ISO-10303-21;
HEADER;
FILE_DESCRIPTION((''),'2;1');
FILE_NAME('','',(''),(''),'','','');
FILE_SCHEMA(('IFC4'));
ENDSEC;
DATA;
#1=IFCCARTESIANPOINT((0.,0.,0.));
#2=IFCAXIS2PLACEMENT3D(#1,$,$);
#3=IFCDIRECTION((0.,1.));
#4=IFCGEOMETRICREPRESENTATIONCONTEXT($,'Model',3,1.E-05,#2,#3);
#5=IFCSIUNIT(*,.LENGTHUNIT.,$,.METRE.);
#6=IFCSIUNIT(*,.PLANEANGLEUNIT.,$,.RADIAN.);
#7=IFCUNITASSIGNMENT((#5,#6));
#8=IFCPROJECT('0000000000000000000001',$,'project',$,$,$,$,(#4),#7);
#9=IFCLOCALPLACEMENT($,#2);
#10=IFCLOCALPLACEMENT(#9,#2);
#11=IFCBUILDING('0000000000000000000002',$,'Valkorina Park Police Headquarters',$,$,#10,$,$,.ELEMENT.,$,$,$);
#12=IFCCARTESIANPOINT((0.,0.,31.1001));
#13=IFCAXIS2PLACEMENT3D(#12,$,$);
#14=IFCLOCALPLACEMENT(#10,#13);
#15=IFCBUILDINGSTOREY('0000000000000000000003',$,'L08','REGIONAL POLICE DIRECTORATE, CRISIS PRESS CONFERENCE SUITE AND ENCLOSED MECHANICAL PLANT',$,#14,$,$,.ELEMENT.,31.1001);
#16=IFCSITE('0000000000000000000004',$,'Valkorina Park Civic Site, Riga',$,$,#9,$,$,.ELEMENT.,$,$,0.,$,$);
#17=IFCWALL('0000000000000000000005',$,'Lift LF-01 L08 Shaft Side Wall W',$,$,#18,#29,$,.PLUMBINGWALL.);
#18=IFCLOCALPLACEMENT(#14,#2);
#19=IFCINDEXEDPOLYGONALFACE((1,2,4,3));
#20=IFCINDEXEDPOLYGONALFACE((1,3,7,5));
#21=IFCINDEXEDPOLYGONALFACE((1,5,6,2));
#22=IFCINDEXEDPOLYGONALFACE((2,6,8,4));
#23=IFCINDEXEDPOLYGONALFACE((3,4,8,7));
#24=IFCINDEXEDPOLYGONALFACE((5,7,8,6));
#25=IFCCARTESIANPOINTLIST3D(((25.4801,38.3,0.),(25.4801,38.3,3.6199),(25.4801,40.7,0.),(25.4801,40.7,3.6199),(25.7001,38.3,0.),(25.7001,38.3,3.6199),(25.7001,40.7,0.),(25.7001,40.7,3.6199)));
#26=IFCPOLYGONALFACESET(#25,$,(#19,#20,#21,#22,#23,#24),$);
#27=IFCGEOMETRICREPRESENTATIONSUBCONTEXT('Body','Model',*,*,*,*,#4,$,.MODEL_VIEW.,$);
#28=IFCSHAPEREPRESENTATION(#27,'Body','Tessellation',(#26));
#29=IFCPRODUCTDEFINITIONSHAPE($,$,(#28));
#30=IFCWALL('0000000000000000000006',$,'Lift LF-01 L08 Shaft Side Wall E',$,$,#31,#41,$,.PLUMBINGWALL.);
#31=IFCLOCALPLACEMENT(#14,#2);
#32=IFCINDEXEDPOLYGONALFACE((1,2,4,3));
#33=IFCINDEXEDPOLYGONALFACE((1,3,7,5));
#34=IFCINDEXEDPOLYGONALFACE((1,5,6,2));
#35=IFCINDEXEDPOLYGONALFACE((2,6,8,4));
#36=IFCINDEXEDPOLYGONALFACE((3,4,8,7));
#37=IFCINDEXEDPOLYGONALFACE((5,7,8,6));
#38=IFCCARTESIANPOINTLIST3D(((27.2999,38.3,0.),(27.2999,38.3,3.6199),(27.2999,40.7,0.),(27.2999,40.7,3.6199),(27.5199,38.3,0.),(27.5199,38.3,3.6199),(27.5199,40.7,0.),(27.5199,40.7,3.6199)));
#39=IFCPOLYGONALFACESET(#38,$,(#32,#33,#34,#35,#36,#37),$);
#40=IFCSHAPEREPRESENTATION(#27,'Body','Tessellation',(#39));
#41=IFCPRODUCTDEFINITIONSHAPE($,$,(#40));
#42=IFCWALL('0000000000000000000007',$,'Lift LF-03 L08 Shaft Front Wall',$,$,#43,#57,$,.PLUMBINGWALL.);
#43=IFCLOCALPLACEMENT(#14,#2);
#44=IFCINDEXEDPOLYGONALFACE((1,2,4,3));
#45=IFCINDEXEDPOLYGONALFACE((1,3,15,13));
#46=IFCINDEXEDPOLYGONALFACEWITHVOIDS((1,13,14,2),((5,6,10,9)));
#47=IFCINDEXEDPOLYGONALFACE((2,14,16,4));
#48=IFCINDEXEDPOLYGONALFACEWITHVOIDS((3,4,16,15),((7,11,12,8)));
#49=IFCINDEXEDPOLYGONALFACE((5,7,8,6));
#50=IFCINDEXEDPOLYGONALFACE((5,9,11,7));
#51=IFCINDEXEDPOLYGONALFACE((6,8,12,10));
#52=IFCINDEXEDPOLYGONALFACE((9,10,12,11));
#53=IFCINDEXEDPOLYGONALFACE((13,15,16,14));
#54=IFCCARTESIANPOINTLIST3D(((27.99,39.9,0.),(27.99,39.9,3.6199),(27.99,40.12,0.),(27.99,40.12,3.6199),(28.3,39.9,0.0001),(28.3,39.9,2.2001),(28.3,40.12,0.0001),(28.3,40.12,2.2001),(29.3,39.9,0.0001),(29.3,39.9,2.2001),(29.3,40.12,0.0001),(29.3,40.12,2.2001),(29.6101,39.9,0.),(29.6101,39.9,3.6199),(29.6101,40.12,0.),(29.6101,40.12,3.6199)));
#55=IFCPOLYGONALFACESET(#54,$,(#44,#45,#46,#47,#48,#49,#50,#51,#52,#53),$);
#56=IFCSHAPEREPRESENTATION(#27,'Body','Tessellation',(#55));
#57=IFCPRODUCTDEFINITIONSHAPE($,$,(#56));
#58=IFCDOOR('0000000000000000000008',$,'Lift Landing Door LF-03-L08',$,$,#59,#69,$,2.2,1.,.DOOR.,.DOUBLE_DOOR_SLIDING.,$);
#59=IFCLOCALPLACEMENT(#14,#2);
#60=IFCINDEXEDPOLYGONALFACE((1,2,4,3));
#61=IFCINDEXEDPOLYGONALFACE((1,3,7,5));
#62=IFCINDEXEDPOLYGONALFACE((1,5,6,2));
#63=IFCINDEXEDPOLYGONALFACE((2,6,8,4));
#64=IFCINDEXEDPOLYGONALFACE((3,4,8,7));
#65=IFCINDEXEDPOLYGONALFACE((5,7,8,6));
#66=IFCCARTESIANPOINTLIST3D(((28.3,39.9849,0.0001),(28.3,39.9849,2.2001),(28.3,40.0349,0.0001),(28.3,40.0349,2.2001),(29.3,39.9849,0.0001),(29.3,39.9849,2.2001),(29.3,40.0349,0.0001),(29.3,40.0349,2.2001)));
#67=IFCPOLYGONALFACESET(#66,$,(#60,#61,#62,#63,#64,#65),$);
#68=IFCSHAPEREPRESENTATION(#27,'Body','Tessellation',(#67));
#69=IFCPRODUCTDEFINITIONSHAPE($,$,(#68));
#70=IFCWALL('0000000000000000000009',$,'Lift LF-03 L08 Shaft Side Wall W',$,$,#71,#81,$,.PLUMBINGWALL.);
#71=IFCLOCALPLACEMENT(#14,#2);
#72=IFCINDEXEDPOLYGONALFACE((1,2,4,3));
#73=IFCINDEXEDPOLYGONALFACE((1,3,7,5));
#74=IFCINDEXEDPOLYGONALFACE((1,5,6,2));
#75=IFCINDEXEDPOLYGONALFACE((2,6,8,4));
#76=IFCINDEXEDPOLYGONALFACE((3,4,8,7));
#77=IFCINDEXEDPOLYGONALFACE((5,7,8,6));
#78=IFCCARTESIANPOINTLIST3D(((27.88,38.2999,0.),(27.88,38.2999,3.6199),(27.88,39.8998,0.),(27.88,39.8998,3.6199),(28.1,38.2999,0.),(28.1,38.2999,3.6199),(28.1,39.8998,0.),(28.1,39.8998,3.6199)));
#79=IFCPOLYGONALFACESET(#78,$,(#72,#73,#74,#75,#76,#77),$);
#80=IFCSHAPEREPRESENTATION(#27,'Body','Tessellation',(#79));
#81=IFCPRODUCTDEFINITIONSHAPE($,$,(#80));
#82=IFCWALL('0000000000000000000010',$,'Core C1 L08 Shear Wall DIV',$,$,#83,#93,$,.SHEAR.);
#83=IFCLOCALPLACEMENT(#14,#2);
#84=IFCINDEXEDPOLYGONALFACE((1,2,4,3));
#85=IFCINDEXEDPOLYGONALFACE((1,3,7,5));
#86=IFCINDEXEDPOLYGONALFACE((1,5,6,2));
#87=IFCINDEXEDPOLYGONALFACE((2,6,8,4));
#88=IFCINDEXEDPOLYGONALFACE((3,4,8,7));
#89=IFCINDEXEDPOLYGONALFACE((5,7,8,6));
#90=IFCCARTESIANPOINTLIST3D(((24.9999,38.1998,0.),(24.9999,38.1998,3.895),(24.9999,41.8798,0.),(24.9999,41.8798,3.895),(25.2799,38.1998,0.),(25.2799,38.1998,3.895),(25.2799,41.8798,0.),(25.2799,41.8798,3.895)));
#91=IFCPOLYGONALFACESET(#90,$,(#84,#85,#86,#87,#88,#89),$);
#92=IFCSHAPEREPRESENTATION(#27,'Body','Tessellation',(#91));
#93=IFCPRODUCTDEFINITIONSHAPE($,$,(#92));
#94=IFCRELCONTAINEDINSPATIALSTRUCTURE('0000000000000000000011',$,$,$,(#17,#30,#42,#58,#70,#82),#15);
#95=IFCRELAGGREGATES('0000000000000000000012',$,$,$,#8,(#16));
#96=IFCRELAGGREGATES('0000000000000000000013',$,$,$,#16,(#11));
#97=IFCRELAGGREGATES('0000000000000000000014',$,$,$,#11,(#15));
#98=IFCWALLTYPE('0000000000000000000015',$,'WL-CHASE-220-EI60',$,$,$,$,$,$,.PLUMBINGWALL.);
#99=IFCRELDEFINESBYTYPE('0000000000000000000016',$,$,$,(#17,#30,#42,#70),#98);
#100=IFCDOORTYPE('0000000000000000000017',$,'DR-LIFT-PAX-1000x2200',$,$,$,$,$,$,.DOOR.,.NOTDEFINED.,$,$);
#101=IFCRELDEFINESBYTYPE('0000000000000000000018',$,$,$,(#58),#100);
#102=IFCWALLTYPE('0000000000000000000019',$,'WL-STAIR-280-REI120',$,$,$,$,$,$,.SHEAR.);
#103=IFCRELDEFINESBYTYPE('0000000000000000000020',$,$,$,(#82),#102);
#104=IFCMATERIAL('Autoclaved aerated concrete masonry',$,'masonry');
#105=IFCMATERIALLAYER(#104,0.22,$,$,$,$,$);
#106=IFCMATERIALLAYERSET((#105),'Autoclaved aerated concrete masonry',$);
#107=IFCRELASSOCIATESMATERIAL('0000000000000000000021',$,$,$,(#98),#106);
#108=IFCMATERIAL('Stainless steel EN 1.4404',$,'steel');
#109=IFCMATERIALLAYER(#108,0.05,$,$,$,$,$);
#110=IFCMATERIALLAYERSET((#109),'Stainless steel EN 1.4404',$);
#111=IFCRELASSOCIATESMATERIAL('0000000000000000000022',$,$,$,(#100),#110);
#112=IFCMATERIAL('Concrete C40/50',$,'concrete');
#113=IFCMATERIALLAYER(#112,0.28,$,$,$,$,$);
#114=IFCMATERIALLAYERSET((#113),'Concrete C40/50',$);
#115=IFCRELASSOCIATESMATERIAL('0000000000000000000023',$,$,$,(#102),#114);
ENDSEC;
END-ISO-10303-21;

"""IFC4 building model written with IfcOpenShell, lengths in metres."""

from ifc_helpers import new_model, si_unit, direction, frame, frame_2d, origin, place, context, subcontext, project, spatial, rectangle, extrude, material, layer, layer_set, type_object, element, fill, save


model = new_model("IFC4")

# Units and contexts
model_context = context("Model", 3, precision=1e-05, world=origin(), true_north=direction((0.0, 1.0)))
body_context = subcontext(model_context, "Body", "Model", "MODEL_VIEW")
ifc_project = project(units=[si_unit("LENGTHUNIT", "METRE"), si_unit("PLANEANGLEUNIT", "RADIAN")], contexts=[model_context])

# Site, building, storey
site_placement = place(None, origin())
site = spatial("IfcSite", under=ifc_project, at=site_placement, Name="Valkorina Park Civic Site, Riga", CompositionType="ELEMENT", RefElevation=0.0)
building_placement = place(site_placement, origin())
building = spatial("IfcBuilding", under=site, at=building_placement, Name="Valkorina Park Police Headquarters", CompositionType="ELEMENT")
storey_placement = place(building_placement, frame((0.0, 0.0, 31.1001)))
storey = spatial("IfcBuildingStorey", under=building, at=storey_placement, Name="L08", Description="REGIONAL POLICE DIRECTORATE, CRISIS PRESS CONFERENCE SUITE AND ENCLOSED MECHANICAL PLANT", CompositionType="ELEMENT", Elevation=31.1001)

# Shared definitions
ifc_material_1 = material(Name="Autoclaved aerated concrete masonry", Category="masonry")
ifc_layer_1 = layer(ifc_material_1, 0.22)
ifc_layer_set_1 = layer_set([ifc_layer_1], Name="Autoclaved aerated concrete masonry")
wall_type_1 = type_object("IfcWallType", Name="WL-CHASE-220-EI60", PredefinedType="PLUMBINGWALL", material=ifc_layer_set_1)
ifc_material_2 = material(Name="Stainless steel EN 1.4404", Category="steel")

# Walls
for number, where, z_axis, x_axis, name in (
    (1, (25.5901, 38.3, 0.0), (0.0, 0.0, 1.0), (0.0, 1.0, 0.0), "Lift LF-01 L08 Shaft Side Wall W"),
    (2, (27.4099, 38.3, 0.0), (0.0, 0.0, 1.0), (0.0, 1.0, 0.0), "Lift LF-01 L08 Shaft Side Wall E"),
):
    element("IfcWall", number, at=place(storey_placement, frame(where, z_axis=z_axis, x_axis=x_axis)), inside=storey, type_object=wall_type_1, Name=name, PredefinedType="PLUMBINGWALL", context=body_context, shape_type="SweptSolid", body=[
        extrude(rectangle(XDim=2.3999, YDim=0.22, at=frame_2d((1.2, 0.0))), origin(), (0.0, 0.0, 1.0), 3.6199),
    ])

# Wall, opening, door
wall_1_placement = place(storey_placement, frame((27.99, 40.01, 0.0), z_axis=(0.0, 0.0, 1.0), x_axis=(1.0, 0.0, 0.0)))
wall_1 = element("IfcWall", 3, at=wall_1_placement, inside=storey, type_object=wall_type_1, Name="Lift LF-03 L08 Shaft Front Wall", PredefinedType="PLUMBINGWALL", context=body_context, shape_type="SweptSolid", body=[
    extrude(rectangle(XDim=1.6201, YDim=0.22, at=frame_2d((0.8101, 0.0))), origin(), (0.0, 0.0, 1.0), 3.6199),
])
opening_1_placement = place(wall_1_placement, frame((0.3101, 0.0, 0.0)))
opening_1 = element("IfcOpeningElement", 4, at=opening_1_placement, cuts=wall_1, PredefinedType="OPENING", context=body_context, shape_type="SweptSolid", body=[
    extrude(rectangle(XDim=1.0, YDim=2.2, at=frame_2d((0.5, 1.1001))), frame((0.0, 0.1201, 0.0), z_axis=(0.0, -1.0, 0.0), x_axis=(1.0, 0.0, 0.0)), (0.0, 0.0, 1.0), 0.24),
])
ifc_layer_2 = layer(ifc_material_2, 0.05)
ifc_layer_set_2 = layer_set([ifc_layer_2], Name="Stainless steel EN 1.4404")
door_type_1 = type_object("IfcDoorType", Name="DR-LIFT-PAX-1000x2200", OperationType="NOTDEFINED", PredefinedType="DOOR", material=ifc_layer_set_2)
door_1_placement = place(opening_1_placement, origin())
door_1 = element("IfcDoor", 5, at=door_1_placement, inside=storey, type_object=door_type_1, Name="Lift Landing Door LF-03-L08", OperationType="DOUBLE_DOOR_SLIDING", OverallHeight=2.2, OverallWidth=1.0, PredefinedType="DOOR", context=body_context, shape_type="SweptSolid", body=[
    extrude(rectangle(XDim=1.0, YDim=2.2, at=frame_2d((0.5, 1.1001))), frame((0.0, 0.0249, 0.0), z_axis=(0.0, -1.0, 0.0), x_axis=(1.0, 0.0, 0.0)), (0.0, 0.0, 1.0), 0.05),
])
fill(opening_1, door_1)

# Walls
wall_2_placement = place(storey_placement, frame((27.99, 38.3, 0.0), z_axis=(0.0, 0.0, 1.0), x_axis=(0.0, 1.0, 0.0)))
element("IfcWall", 6, at=wall_2_placement, inside=storey, type_object=wall_type_1, Name="Lift LF-03 L08 Shaft Side Wall W", PredefinedType="PLUMBINGWALL", context=body_context, shape_type="SweptSolid", body=[
    extrude(rectangle(XDim=1.5999, YDim=0.22, at=frame_2d((0.7998, 0.0))), origin(), (0.0, 0.0, 1.0), 3.6199),
])
ifc_material_3 = material(Name="Concrete C40/50", Category="concrete")
ifc_layer_3 = layer(ifc_material_3, 0.28)
ifc_layer_set_3 = layer_set([ifc_layer_3], Name="Concrete C40/50")
wall_type_2 = type_object("IfcWallType", Name="WL-STAIR-280-REI120", PredefinedType="SHEAR", material=ifc_layer_set_3)
wall_3_placement = place(storey_placement, frame((25.1399, 38.2, 0.0), z_axis=(0.0, 0.0, 1.0), x_axis=(0.0, 1.0, 0.0)))
element("IfcWall", 7, at=wall_3_placement, inside=storey, type_object=wall_type_2, Name="Core C1 L08 Shear Wall DIV", PredefinedType="SHEAR", context=body_context, shape_type="SweptSolid", body=[
    extrude(rectangle(XDim=3.6799, YDim=0.28, at=frame_2d((1.8398, 0.0))), origin(), (0.0, 0.0, 1.0), 3.895),
])

save(model, "model.ifc")
